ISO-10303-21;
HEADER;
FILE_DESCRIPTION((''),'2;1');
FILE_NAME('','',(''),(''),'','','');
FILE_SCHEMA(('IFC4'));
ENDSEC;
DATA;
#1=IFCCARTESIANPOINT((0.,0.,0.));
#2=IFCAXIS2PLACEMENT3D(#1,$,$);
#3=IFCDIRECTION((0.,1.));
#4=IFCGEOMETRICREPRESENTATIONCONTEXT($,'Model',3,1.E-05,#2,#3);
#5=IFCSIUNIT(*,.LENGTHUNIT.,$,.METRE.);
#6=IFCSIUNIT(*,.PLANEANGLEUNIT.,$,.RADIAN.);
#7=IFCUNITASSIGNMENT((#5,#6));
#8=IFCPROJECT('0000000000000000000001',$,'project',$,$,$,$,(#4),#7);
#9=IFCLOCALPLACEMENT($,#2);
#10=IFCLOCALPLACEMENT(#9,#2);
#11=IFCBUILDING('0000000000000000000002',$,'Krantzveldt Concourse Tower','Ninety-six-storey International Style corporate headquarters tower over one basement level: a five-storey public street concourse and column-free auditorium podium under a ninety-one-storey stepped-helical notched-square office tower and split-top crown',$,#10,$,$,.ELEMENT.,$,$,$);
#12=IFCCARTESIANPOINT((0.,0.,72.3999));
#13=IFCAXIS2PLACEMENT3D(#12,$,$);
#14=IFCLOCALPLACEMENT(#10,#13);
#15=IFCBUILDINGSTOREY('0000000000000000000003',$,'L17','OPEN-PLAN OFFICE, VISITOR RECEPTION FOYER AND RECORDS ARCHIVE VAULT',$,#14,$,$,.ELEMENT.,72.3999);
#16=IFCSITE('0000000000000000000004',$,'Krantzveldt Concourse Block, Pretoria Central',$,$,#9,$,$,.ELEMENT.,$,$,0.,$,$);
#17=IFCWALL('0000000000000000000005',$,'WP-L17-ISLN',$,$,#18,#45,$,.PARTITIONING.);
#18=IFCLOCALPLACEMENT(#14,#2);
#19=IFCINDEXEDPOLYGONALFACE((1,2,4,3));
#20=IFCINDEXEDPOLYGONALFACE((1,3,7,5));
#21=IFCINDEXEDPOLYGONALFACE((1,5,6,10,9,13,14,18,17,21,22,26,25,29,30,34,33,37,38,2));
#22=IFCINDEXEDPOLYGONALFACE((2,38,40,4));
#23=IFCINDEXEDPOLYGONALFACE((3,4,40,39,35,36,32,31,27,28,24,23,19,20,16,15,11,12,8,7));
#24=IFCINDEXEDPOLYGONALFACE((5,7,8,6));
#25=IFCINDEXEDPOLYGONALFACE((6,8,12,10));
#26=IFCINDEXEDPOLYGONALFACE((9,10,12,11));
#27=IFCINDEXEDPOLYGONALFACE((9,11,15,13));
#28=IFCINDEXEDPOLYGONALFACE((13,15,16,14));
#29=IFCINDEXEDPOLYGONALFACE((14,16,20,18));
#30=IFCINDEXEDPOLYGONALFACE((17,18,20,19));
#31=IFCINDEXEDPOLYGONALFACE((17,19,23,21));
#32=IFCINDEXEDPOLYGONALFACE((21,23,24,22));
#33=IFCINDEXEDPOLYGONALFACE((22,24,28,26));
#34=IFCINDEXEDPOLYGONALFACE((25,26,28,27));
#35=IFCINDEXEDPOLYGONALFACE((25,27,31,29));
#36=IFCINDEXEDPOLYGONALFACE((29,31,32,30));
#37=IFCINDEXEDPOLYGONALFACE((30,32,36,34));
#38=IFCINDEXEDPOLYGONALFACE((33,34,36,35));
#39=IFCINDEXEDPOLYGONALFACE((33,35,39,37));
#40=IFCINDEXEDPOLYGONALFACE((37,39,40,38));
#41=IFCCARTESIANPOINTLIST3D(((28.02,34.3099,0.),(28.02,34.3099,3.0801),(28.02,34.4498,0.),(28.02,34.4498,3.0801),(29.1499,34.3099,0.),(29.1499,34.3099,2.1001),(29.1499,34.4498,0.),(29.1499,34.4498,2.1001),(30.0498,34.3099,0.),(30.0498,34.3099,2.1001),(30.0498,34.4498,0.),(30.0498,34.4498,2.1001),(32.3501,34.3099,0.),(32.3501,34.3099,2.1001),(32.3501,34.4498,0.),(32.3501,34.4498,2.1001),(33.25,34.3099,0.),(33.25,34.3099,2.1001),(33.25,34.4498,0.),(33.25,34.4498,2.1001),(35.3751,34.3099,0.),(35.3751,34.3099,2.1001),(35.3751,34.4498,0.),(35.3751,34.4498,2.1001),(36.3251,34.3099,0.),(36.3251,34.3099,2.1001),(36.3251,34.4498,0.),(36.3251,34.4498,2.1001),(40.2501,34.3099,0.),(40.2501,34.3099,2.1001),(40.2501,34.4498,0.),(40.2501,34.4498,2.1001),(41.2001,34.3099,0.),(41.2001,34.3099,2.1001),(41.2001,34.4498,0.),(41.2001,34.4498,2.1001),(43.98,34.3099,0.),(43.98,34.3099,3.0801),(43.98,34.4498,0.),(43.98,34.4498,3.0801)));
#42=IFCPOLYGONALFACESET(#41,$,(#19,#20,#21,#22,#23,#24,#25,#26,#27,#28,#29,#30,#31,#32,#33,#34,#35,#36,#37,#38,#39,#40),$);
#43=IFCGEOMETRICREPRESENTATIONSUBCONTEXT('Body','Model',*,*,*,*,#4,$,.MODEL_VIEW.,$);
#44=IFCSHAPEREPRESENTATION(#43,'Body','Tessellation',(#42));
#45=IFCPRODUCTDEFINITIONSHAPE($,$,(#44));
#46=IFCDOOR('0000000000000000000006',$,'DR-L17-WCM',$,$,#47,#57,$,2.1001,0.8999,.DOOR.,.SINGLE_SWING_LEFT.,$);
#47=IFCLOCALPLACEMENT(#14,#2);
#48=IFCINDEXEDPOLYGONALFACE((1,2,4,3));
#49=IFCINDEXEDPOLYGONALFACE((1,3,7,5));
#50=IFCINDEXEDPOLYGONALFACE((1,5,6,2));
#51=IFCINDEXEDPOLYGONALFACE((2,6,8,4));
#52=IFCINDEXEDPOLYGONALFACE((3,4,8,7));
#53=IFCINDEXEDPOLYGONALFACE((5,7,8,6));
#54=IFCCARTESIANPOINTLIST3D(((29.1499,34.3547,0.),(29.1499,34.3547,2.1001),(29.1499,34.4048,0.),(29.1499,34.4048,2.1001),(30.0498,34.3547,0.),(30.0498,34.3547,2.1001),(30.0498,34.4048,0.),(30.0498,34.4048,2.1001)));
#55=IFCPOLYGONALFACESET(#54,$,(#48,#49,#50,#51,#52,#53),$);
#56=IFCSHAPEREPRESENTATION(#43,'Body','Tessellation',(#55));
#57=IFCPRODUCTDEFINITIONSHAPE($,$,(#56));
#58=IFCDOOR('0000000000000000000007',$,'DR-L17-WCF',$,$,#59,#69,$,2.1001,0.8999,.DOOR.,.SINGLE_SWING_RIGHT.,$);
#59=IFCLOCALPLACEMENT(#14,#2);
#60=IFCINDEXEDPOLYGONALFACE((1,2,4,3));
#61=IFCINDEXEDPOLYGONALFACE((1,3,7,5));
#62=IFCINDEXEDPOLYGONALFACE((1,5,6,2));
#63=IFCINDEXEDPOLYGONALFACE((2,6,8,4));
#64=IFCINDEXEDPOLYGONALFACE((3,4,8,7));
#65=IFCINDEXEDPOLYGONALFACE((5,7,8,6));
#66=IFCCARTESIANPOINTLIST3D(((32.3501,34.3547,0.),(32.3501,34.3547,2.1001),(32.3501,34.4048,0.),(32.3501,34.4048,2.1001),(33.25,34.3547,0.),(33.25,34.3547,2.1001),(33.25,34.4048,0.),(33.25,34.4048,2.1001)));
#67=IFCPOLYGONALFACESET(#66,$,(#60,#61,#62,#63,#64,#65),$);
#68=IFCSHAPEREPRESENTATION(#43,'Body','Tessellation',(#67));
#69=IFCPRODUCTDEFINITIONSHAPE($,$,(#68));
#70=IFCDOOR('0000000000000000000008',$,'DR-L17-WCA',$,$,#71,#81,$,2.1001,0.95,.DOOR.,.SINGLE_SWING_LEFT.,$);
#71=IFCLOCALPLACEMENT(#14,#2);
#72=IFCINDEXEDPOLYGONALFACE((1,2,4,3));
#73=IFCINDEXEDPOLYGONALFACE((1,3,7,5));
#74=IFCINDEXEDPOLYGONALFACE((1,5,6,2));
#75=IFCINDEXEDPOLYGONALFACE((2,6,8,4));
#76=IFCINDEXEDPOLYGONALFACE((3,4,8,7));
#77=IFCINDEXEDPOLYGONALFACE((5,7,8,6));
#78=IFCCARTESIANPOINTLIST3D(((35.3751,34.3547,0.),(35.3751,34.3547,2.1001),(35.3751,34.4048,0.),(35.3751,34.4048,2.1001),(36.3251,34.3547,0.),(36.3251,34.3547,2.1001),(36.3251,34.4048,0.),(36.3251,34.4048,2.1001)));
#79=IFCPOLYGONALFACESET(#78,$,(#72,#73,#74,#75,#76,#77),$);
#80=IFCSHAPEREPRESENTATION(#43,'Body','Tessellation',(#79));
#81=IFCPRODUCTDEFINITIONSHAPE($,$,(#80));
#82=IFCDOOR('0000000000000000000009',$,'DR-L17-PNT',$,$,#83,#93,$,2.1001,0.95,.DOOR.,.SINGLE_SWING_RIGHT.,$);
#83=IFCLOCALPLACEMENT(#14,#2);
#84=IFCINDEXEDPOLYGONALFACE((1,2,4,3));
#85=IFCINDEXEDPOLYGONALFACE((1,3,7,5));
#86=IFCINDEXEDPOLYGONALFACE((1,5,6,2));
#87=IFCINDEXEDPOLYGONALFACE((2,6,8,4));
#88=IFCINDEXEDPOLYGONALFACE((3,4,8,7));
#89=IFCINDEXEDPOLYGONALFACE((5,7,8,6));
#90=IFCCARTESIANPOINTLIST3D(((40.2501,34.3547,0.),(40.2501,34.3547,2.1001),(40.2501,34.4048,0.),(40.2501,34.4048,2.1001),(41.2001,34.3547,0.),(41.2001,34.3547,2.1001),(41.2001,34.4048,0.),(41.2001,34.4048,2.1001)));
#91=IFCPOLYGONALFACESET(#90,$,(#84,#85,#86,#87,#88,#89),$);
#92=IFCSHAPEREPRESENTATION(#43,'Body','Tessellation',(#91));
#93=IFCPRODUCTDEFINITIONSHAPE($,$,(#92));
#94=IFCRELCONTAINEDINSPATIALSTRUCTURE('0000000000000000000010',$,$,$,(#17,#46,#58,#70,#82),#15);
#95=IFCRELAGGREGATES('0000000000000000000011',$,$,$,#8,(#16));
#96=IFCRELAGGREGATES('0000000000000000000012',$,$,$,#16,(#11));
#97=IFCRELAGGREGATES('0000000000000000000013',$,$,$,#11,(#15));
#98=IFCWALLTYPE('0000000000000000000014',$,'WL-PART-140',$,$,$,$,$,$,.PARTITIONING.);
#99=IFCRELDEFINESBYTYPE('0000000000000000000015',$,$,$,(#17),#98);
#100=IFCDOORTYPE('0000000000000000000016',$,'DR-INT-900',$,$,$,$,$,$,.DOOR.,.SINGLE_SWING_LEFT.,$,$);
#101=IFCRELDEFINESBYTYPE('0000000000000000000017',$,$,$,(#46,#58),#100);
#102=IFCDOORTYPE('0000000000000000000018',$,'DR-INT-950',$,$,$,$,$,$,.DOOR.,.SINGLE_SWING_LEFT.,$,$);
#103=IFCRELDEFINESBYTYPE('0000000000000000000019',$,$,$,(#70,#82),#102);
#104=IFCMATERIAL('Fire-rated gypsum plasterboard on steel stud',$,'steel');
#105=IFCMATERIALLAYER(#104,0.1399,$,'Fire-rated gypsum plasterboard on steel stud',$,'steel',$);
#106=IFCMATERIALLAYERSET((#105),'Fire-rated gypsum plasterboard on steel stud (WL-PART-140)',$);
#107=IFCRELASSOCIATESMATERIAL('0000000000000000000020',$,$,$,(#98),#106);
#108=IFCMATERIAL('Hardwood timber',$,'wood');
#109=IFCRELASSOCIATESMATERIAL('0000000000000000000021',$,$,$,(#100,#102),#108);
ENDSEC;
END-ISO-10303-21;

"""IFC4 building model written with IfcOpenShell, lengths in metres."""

from ifc_helpers import new_model, si_unit, direction, frame, frame_2d, origin, place, context, subcontext, project, spatial, rectangle, extrude, material, layer, layer_set, type_object, element, fill, save


model = new_model("IFC4")

# Units and contexts
model_context = context("Model", 3, precision=1e-05, world=origin(), true_north=direction((0.0, 1.0)))
body_context = subcontext(model_context, "Body", "Model", "MODEL_VIEW")
ifc_project = project(units=[si_unit("LENGTHUNIT", "METRE"), si_unit("PLANEANGLEUNIT", "RADIAN")], contexts=[model_context])

# Site, building, storey
site_placement = place(None, origin())
site = spatial("IfcSite", under=ifc_project, at=site_placement, Name="Krantzveldt Concourse Block, Pretoria Central", CompositionType="ELEMENT", RefElevation=0.0)
building_placement = place(site_placement, origin())
building = spatial("IfcBuilding", under=site, at=building_placement, Name="Krantzveldt Concourse Tower", Description="Ninety-six-storey International Style corporate headquarters tower over one basement level: a five-storey public street concourse and column-free auditorium podium under a ninety-one-storey stepped-helical notched-square office tower and split-top crown", CompositionType="ELEMENT")
storey_placement = place(building_placement, frame((0.0, 0.0, 72.3999)))
storey = spatial("IfcBuildingStorey", under=building, at=storey_placement, Name="L17", Description="OPEN-PLAN OFFICE, VISITOR RECEPTION FOYER AND RECORDS ARCHIVE VAULT", CompositionType="ELEMENT", Elevation=72.3999)

# Shared definitions
ifc_material_1 = material(Name="Fire-rated gypsum plasterboard on steel stud", Category="steel")

# Wall, openings, doors
ifc_layer_1 = layer(ifc_material_1, 0.1399, Name="Fire-rated gypsum plasterboard on steel stud", Category="steel")
ifc_layer_set_1 = layer_set([ifc_layer_1], Name="Fire-rated gypsum plasterboard on steel stud (WL-PART-140)")
wall_type_1 = type_object("IfcWallType", Name="WL-PART-140", PredefinedType="PARTITIONING", material=ifc_layer_set_1)
wall_1_placement = place(storey_placement, frame((28.02, 34.3799, 0.0), z_axis=(0.0, 0.0, 1.0), x_axis=(1.0, 0.0, 0.0)))
wall_1 = element("IfcWall", 1, at=wall_1_placement, inside=storey, type_object=wall_type_1, Name="WP-L17-ISLN", PredefinedType="PARTITIONING", context=body_context, shape_type="SweptSolid", body=[
    extrude(rectangle(XDim=15.96, YDim=0.1399, at=frame_2d((7.98, 0.0))), origin(), (0.0, 0.0, 1.0), 3.0801),
])
opening_1_placement = place(wall_1_placement, frame((1.1299, 0.0, 0.0)))
opening_1 = element("IfcOpeningElement", 2, at=opening_1_placement, cuts=wall_1, PredefinedType="OPENING", context=body_context, shape_type="SweptSolid", body=[
    extrude(rectangle(XDim=0.8999, YDim=2.1001, at=frame_2d((0.45, 1.05))), frame((0.0, 0.0801, 0.0), z_axis=(0.0, -1.0, 0.0), x_axis=(1.0, 0.0, 0.0)), (0.0, 0.0, 1.0), 0.1599),
])
opening_2_placement = place(wall_1_placement, frame((4.3301, 0.0, 0.0)))
opening_2 = element("IfcOpeningElement", 3, at=opening_2_placement, cuts=wall_1, PredefinedType="OPENING", context=body_context, shape_type="SweptSolid", body=[
    extrude(rectangle(XDim=0.8999, YDim=2.1001, at=frame_2d((0.45, 1.05))), frame((0.0, 0.0801, 0.0), z_axis=(0.0, -1.0, 0.0), x_axis=(1.0, 0.0, 0.0)), (0.0, 0.0, 1.0), 0.1599),
])
opening_3_placement = place(wall_1_placement, frame((7.355, 0.0, 0.0)))
opening_3 = element("IfcOpeningElement", 4, at=opening_3_placement, cuts=wall_1, PredefinedType="OPENING", context=body_context, shape_type="SweptSolid", body=[
    extrude(rectangle(XDim=0.95, YDim=2.1001, at=frame_2d((0.4751, 1.05))), frame((0.0, 0.0801, 0.0), z_axis=(0.0, -1.0, 0.0), x_axis=(1.0, 0.0, 0.0)), (0.0, 0.0, 1.0), 0.1599),
])
opening_4_placement = place(wall_1_placement, frame((12.23, 0.0, 0.0)))
opening_4 = element("IfcOpeningElement", 5, at=opening_4_placement, cuts=wall_1, PredefinedType="OPENING", context=body_context, shape_type="SweptSolid", body=[
    extrude(rectangle(XDim=0.95, YDim=2.1001, at=frame_2d((0.4751, 1.05))), frame((0.0, 0.0801, 0.0), z_axis=(0.0, -1.0, 0.0), x_axis=(1.0, 0.0, 0.0)), (0.0, 0.0, 1.0), 0.1599),
])
ifc_material_2 = material(Name="Hardwood timber", Category="wood")
door_type_1 = type_object("IfcDoorType", Name="DR-INT-900", OperationType="SINGLE_SWING_LEFT", PredefinedType="DOOR", material=ifc_material_2)
door_1_placement = place(opening_1_placement, origin())
door_1 = element("IfcDoor", 6, at=door_1_placement, inside=storey, type_object=door_type_1, Name="DR-L17-WCM", OperationType="SINGLE_SWING_LEFT", OverallHeight=2.1001, OverallWidth=0.8999, PredefinedType="DOOR", context=body_context, shape_type="SweptSolid", body=[
    extrude(rectangle(XDim=0.8999, YDim=2.1001, at=frame_2d((0.45, 1.05))), frame((0.0, 0.0249, 0.0), z_axis=(0.0, -1.0, 0.0), x_axis=(1.0, 0.0, 0.0)), (0.0, 0.0, 1.0), 0.05),
])
fill(opening_1, door_1)
door_2_placement = place(opening_2_placement, origin())
door_2 = element("IfcDoor", 7, at=door_2_placement, inside=storey, type_object=door_type_1, Name="DR-L17-WCF", OperationType="SINGLE_SWING_RIGHT", OverallHeight=2.1001, OverallWidth=0.8999, PredefinedType="DOOR", context=body_context, shape_type="SweptSolid", body=[
    extrude(rectangle(XDim=0.8999, YDim=2.1001, at=frame_2d((0.45, 1.05))), frame((0.0, 0.0249, 0.0), z_axis=(0.0, -1.0, 0.0), x_axis=(1.0, 0.0, 0.0)), (0.0, 0.0, 1.0), 0.05),
])
fill(opening_2, door_2)
door_type_2 = type_object("IfcDoorType", Name="DR-INT-950", OperationType="SINGLE_SWING_LEFT", PredefinedType="DOOR", material=ifc_material_2)
door_3_placement = place(opening_3_placement, origin())
door_3 = element("IfcDoor", 8, at=door_3_placement, inside=storey, type_object=door_type_2, Name="DR-L17-WCA", OperationType="SINGLE_SWING_LEFT", OverallHeight=2.1001, OverallWidth=0.95, PredefinedType="DOOR", context=body_context, shape_type="SweptSolid", body=[
    extrude(rectangle(XDim=0.95, YDim=2.1001, at=frame_2d((0.4751, 1.05))), frame((0.0, 0.0249, 0.0), z_axis=(0.0, -1.0, 0.0), x_axis=(1.0, 0.0, 0.0)), (0.0, 0.0, 1.0), 0.05),
])
fill(opening_3, door_3)
door_4_placement = place(opening_4_placement, origin())
door_4 = element("IfcDoor", 9, at=door_4_placement, inside=storey, type_object=door_type_2, Name="DR-L17-PNT", OperationType="SINGLE_SWING_RIGHT", OverallHeight=2.1001, OverallWidth=0.95, PredefinedType="DOOR", context=body_context, shape_type="SweptSolid", body=[
    extrude(rectangle(XDim=0.95, YDim=2.1001, at=frame_2d((0.4751, 1.05))), frame((0.0, 0.0249, 0.0), z_axis=(0.0, -1.0, 0.0), x_axis=(1.0, 0.0, 0.0)), (0.0, 0.0, 1.0), 0.05),
])
fill(opening_4, door_4)

save(model, "model.ifc")
